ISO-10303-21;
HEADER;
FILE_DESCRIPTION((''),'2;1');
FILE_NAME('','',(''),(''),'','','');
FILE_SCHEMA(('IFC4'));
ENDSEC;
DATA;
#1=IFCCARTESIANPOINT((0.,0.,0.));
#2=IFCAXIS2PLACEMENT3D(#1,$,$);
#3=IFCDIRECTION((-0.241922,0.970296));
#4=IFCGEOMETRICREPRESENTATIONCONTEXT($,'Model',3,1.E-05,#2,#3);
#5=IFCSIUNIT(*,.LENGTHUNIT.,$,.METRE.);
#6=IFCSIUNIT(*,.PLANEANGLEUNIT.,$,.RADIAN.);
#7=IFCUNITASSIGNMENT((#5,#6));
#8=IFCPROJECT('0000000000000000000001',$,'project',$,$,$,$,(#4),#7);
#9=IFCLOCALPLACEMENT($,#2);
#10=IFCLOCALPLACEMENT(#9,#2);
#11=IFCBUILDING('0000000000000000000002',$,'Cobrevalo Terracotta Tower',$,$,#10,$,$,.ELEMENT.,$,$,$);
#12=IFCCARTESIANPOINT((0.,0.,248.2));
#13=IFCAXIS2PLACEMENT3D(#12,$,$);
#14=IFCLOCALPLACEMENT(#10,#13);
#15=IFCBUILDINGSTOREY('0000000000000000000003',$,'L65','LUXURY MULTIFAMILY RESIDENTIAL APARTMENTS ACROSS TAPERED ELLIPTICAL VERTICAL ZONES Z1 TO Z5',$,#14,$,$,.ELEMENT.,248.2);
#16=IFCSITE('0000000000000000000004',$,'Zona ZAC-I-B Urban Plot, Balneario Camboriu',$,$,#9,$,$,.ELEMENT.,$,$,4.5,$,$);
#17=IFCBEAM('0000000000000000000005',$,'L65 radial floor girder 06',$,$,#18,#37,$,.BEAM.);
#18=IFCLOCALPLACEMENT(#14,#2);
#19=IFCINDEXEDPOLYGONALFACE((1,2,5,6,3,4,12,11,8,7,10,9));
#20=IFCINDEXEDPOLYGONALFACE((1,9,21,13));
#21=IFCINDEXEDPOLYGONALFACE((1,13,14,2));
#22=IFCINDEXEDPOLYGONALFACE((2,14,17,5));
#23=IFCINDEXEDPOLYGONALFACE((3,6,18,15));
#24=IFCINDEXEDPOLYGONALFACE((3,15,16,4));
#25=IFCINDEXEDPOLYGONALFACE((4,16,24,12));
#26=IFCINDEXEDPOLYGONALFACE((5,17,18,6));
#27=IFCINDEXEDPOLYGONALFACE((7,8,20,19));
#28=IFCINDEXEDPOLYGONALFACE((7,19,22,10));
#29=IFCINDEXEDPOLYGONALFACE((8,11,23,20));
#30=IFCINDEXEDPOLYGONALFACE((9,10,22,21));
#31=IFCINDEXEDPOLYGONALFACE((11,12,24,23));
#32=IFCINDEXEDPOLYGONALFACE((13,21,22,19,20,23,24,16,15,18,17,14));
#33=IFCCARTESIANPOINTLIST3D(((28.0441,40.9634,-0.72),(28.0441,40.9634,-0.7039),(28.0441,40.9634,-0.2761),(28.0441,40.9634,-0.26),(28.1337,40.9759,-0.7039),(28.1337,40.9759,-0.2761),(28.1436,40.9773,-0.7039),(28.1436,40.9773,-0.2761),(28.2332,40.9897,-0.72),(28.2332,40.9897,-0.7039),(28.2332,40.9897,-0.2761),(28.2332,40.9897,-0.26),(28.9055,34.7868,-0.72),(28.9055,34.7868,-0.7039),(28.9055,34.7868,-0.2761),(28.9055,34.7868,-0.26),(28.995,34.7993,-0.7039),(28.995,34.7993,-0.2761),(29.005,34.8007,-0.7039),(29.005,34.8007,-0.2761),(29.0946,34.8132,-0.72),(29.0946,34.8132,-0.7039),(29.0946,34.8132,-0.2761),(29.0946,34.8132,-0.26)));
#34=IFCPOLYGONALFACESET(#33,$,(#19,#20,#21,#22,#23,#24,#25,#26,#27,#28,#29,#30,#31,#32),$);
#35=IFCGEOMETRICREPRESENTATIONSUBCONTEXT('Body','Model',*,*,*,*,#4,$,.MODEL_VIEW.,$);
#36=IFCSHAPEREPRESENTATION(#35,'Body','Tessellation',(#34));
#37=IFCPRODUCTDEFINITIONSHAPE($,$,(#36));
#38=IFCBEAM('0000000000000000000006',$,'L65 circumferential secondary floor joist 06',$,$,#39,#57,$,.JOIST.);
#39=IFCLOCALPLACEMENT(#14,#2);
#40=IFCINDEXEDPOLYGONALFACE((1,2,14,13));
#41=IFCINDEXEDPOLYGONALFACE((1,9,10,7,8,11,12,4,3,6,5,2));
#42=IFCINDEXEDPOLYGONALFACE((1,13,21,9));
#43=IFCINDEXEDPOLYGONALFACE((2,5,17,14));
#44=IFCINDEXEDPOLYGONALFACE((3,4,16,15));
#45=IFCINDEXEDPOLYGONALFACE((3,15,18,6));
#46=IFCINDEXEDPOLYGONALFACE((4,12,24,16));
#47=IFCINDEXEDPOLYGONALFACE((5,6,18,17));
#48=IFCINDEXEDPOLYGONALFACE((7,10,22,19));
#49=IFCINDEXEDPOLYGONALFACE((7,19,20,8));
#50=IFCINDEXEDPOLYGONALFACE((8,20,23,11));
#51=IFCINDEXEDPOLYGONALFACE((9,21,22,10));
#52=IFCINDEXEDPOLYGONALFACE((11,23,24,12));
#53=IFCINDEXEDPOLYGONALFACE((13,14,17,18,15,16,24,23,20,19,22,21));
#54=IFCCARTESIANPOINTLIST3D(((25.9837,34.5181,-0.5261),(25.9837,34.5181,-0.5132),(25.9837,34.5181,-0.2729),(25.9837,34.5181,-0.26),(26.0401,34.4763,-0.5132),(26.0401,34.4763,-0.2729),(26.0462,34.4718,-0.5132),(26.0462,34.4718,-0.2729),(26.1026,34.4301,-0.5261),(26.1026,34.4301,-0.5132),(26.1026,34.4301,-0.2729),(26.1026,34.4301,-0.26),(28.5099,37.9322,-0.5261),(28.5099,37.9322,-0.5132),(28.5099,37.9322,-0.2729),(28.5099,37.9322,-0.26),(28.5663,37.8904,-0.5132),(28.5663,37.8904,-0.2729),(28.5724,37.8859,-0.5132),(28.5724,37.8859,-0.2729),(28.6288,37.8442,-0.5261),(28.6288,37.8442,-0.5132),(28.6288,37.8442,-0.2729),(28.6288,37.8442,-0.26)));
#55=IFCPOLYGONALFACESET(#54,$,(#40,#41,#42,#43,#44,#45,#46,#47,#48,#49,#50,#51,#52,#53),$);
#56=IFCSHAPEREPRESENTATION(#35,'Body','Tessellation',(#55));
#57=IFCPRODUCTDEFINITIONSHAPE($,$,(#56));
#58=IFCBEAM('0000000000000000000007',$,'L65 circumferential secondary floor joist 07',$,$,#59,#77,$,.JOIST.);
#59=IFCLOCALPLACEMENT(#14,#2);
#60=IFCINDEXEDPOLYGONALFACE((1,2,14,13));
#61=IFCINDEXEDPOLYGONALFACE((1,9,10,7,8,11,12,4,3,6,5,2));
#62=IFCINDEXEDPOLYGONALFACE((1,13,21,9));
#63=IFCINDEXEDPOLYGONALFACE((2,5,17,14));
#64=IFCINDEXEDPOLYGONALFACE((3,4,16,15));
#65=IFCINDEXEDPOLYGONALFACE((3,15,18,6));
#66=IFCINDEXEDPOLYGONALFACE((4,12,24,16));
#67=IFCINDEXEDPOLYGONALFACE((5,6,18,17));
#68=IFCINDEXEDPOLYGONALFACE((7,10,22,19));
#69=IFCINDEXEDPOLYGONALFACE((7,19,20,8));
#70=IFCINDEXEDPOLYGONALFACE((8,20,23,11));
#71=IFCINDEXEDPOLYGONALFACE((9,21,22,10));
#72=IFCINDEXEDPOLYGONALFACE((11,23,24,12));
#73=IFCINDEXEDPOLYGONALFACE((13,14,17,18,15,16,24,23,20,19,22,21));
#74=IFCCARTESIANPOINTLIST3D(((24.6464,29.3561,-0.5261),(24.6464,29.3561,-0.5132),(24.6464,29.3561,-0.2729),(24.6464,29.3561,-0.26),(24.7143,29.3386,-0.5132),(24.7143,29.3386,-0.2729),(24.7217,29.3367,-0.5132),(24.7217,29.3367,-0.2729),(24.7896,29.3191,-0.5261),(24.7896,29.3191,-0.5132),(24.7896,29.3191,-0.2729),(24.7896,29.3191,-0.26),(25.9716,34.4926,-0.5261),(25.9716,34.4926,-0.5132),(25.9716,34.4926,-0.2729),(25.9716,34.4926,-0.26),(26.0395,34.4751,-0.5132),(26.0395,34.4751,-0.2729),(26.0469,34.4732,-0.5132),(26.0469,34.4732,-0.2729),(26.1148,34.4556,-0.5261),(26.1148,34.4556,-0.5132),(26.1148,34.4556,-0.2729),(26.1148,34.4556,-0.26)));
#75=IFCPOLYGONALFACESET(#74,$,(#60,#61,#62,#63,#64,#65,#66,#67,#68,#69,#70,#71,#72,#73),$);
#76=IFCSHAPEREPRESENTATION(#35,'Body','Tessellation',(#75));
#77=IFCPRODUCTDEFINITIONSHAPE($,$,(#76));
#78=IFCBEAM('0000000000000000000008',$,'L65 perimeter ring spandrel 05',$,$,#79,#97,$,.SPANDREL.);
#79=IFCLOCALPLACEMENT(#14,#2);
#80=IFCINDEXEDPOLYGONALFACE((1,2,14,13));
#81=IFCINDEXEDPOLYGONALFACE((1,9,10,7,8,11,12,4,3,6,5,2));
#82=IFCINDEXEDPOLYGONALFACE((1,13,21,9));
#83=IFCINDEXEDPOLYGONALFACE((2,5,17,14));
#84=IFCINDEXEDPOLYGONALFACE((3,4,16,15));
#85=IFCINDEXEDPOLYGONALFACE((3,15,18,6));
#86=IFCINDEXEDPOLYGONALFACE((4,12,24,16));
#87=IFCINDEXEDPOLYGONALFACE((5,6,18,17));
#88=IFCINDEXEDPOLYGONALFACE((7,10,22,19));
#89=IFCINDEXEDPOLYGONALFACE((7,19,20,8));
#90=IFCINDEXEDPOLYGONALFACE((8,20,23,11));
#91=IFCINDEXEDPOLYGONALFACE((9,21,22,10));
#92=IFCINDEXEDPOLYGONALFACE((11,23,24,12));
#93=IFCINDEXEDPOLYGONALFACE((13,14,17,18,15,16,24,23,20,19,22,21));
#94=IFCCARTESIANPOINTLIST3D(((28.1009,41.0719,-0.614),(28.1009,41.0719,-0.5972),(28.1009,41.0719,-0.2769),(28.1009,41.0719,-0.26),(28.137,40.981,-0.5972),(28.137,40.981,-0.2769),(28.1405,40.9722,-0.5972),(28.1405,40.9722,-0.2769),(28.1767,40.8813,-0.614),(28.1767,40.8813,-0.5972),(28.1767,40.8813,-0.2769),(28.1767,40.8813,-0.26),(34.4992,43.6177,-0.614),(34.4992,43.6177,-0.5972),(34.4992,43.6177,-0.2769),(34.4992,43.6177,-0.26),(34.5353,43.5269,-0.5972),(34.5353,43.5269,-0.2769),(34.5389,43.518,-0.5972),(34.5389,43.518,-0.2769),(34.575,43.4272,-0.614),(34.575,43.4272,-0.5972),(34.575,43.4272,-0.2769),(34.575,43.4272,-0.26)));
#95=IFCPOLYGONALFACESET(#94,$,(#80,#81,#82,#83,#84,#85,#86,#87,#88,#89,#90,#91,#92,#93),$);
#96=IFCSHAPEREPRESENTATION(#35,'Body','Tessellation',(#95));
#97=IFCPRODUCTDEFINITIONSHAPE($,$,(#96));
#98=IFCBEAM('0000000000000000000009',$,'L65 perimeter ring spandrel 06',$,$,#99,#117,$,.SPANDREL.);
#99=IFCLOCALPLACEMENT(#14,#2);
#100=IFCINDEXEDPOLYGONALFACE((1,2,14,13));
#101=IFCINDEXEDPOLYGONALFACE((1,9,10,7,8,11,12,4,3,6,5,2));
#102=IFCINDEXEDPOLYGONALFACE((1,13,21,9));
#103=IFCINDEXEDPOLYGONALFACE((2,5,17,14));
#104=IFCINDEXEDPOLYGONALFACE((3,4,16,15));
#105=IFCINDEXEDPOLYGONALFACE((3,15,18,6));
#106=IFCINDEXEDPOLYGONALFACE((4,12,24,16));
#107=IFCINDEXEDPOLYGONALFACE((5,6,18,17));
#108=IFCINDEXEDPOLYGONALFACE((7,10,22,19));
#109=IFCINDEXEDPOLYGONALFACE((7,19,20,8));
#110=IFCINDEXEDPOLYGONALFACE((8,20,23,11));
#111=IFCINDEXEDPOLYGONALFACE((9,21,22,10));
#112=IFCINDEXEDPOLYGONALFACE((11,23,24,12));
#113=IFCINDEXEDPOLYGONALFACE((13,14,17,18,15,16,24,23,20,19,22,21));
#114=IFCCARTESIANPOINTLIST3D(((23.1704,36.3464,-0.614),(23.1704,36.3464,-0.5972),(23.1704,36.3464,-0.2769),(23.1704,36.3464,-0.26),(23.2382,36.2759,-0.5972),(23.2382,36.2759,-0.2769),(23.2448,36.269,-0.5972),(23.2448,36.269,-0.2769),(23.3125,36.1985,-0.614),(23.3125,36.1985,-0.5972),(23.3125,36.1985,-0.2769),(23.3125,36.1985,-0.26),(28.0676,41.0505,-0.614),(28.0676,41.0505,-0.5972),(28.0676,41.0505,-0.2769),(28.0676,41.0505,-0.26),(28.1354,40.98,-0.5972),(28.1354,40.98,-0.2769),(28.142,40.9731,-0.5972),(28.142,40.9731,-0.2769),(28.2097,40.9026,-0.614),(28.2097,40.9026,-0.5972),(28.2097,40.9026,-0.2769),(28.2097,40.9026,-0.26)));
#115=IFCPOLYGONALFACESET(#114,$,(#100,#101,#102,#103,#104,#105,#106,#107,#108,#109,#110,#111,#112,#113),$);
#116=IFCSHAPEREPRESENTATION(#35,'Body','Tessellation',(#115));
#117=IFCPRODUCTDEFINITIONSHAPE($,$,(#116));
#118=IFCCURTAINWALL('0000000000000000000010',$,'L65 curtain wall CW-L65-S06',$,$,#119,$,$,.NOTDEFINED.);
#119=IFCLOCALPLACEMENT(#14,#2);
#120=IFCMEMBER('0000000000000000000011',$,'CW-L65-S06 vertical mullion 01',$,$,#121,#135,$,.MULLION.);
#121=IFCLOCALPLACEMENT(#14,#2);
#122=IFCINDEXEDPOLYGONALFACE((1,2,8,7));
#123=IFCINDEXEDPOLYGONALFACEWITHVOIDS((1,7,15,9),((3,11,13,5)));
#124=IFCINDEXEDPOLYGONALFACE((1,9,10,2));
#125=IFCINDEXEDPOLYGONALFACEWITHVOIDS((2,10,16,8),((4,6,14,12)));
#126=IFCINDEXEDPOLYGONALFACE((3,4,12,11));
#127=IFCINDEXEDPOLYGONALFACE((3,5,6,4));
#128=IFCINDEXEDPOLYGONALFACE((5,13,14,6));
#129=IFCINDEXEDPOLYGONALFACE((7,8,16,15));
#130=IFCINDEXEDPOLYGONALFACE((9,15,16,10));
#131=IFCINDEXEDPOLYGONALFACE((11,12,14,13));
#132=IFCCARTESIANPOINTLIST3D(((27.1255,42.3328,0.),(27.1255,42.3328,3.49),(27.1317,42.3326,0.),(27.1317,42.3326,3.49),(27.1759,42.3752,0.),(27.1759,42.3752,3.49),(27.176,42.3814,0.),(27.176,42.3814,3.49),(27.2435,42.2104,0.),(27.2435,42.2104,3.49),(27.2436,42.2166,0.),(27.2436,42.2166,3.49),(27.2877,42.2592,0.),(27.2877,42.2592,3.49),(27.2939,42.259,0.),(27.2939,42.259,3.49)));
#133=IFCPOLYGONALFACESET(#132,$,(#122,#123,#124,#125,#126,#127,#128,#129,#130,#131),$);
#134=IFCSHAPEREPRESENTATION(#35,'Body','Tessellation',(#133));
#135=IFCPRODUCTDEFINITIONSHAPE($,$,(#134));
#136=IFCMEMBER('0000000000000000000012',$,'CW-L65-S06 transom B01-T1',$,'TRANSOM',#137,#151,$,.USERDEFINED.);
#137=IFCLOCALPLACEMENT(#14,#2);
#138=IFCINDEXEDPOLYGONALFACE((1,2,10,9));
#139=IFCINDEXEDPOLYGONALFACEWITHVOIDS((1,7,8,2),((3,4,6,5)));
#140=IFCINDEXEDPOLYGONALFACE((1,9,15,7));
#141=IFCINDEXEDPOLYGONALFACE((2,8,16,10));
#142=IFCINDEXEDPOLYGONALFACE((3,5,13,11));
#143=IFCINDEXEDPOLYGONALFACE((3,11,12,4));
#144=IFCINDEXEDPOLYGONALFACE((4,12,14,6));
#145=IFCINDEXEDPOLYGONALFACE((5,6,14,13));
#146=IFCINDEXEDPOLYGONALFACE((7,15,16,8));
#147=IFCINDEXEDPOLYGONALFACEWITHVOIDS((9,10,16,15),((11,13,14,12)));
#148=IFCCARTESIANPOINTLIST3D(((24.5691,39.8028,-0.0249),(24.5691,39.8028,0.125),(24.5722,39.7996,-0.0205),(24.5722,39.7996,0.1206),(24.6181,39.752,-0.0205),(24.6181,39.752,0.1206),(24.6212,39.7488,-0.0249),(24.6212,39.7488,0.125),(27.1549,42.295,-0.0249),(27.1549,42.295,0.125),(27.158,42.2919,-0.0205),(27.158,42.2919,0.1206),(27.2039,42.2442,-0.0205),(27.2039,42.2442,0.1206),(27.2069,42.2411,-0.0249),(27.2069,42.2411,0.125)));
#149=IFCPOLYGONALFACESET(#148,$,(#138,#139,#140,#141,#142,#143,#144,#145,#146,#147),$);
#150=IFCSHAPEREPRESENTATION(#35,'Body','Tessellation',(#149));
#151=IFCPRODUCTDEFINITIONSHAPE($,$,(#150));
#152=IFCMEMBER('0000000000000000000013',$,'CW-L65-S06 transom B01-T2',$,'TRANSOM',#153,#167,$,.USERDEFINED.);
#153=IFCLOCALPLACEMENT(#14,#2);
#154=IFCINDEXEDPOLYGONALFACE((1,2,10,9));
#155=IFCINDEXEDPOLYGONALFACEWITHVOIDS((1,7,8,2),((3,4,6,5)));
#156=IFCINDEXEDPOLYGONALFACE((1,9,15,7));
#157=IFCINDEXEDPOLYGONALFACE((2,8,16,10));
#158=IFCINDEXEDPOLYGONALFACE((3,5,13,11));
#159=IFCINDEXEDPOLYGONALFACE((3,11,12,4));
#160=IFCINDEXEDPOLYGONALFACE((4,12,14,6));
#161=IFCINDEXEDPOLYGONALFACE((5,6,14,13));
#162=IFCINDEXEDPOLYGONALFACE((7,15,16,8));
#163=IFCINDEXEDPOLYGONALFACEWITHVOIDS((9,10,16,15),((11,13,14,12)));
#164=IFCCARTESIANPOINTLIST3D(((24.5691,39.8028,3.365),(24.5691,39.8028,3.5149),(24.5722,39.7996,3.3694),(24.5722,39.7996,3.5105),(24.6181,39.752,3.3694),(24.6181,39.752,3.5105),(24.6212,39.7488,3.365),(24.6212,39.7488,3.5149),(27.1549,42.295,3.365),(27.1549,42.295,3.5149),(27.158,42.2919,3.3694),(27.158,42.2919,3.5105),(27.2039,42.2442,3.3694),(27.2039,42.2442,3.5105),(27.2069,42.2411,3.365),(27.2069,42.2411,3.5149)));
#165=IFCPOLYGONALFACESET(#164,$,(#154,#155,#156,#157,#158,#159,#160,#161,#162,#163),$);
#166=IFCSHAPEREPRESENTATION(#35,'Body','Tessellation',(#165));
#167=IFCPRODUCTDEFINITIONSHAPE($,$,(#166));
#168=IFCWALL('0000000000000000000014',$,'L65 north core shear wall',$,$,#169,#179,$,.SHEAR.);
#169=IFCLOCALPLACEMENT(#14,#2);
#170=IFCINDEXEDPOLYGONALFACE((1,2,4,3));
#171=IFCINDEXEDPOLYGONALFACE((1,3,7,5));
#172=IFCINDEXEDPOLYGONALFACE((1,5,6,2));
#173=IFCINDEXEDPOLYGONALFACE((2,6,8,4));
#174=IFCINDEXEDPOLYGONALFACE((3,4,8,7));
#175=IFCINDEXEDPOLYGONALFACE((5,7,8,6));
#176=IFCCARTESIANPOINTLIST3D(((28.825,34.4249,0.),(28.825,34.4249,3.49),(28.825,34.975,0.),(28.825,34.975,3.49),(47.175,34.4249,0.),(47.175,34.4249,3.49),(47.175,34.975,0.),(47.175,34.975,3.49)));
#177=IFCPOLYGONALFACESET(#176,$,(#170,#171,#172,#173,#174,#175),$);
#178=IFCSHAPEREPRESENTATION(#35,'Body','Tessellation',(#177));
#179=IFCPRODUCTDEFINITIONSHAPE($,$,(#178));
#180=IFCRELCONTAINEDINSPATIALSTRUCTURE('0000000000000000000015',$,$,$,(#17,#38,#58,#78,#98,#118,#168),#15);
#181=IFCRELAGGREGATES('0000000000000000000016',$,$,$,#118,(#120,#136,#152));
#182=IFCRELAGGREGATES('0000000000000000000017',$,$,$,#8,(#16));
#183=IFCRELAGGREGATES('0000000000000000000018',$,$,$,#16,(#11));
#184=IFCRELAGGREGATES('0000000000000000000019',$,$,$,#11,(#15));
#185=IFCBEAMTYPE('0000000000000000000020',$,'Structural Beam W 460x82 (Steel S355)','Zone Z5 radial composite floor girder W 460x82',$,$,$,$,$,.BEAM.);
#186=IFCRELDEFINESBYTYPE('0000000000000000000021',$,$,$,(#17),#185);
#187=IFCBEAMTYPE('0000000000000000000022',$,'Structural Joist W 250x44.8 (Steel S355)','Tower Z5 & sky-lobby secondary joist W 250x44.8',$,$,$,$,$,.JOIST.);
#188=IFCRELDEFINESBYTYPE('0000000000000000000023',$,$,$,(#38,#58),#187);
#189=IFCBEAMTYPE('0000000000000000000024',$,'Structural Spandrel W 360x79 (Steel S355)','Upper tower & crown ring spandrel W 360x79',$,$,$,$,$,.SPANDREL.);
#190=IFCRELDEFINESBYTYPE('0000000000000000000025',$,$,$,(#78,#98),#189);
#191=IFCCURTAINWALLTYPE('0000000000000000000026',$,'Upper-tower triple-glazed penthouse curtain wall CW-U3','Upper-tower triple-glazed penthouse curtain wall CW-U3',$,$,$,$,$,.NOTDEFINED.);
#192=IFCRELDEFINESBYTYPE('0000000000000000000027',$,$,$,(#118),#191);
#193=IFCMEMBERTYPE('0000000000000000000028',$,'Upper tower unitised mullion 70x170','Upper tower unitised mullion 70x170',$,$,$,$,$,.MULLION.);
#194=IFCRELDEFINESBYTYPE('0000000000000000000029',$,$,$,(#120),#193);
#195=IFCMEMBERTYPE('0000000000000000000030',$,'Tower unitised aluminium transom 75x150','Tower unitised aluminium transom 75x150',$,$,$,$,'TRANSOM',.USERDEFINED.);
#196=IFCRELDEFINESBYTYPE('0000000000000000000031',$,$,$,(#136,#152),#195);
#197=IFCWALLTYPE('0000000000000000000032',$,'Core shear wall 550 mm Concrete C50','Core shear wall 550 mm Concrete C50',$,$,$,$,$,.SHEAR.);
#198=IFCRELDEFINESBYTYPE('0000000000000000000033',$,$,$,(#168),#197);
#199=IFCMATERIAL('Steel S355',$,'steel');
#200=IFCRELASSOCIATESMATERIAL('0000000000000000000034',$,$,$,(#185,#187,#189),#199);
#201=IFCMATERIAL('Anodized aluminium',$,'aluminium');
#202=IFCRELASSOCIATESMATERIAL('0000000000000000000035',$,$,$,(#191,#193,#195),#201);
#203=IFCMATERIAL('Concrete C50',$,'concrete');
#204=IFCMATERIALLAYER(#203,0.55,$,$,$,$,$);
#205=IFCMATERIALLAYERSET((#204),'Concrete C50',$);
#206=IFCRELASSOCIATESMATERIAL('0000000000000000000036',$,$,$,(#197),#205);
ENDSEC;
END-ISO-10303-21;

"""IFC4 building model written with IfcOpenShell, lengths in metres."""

from ifc_helpers import new_model, si_unit, direction, frame, frame_2d, origin, origin_2d, place, context, subcontext, project, spatial, rectangle, hollow_rectangle, i_section, extrude, source, transform, mapped, material, layer, layer_set, material_profile, profile_set, type_object, element, aggregate, save


model = new_model("IFC4")

# Units and contexts
model_context = context("Model", 3, precision=1e-05, world=origin(), true_north=direction((-0.241922, 0.970296)))
body_context = subcontext(model_context, "Body", "Model", "MODEL_VIEW")
ifc_project = project(units=[si_unit("LENGTHUNIT", "METRE"), si_unit("PLANEANGLEUNIT", "RADIAN")], contexts=[model_context])

# Site, building, storey
site_placement = place(None, origin())
site = spatial("IfcSite", under=ifc_project, at=site_placement, Name="Zona ZAC-I-B Urban Plot, Balneario Camboriu", CompositionType="ELEMENT", RefElevation=4.5)
building_placement = place(site_placement, origin())
building = spatial("IfcBuilding", under=site, at=building_placement, Name="Cobrevalo Terracotta Tower", CompositionType="ELEMENT")
storey_placement = place(building_placement, frame((0.0, 0.0, 248.2)))
storey = spatial("IfcBuildingStorey", under=building, at=storey_placement, Name="L65", Description="LUXURY MULTIFAMILY RESIDENTIAL APARTMENTS ACROSS TAPERED ELLIPTICAL VERTICAL ZONES Z1 TO Z5", CompositionType="ELEMENT", Elevation=248.2)

# Shared definitions
ifc_material_1 = material(Name="Steel S355", Category="steel")
ifc_material_2 = material(Name="Concrete C50", Category="concrete")

# Beams
ifc_material_profile_1 = material_profile(ifc_material_1, i_section(OverallWidth=0.1909, OverallDepth=0.46, WebThickness=0.01, FlangeThickness=0.0161, at=origin_2d()), Name="W 460x82")
ifc_profile_set_1 = profile_set([ifc_material_profile_1], Name="Steel S355")
beam_type_1 = type_object("IfcBeamType", Name="Structural Beam W 460x82 (Steel S355)", Description="Zone Z5 radial composite floor girder W 460x82", PredefinedType="BEAM", material=ifc_profile_set_1)
beam_1_placement = place(storey_placement, frame((28.1387, 40.9766, -0.49), z_axis=(0.138116, -0.990416, 0.0), x_axis=(0.990416, 0.138116, 0.0)))
element("IfcBeam", 1, at=beam_1_placement, inside=storey, type_object=beam_type_1, Name="L65 radial floor girder 06", PredefinedType="BEAM", context=body_context, shape_type="SweptSolid", body=[
    extrude(i_section(OverallWidth=0.1909, OverallDepth=0.46, WebThickness=0.01, FlangeThickness=0.0161, at=origin_2d()), origin(), (0.0, 0.0, 1.0), 6.2363),
])
ifc_material_profile_2 = material_profile(ifc_material_1, i_section(OverallWidth=0.1479, OverallDepth=0.2661, WebThickness=0.0076, FlangeThickness=0.0129, at=origin_2d()), Name="W 250x44.8")
ifc_profile_set_2 = profile_set([ifc_material_profile_2], Name="Steel S355")
beam_type_2 = type_object("IfcBeamType", Name="Structural Joist W 250x44.8 (Steel S355)", Description="Tower Z5 & sky-lobby secondary joist W 250x44.8", PredefinedType="JOIST", material=ifc_profile_set_2)
beam_2_placement = place(storey_placement, frame((28.5693, 37.8882, -0.3931), z_axis=(-0.5948, -0.803874, 0.0), x_axis=(0.803874, -0.5948, 0.0)))
element("IfcBeam", 2, at=beam_2_placement, inside=storey, type_object=beam_type_2, Name="L65 circumferential secondary floor joist 06", PredefinedType="JOIST", context=body_context, shape_type="SweptSolid", body=[
    extrude(i_section(OverallWidth=0.1479, OverallDepth=0.2661, WebThickness=0.0076, FlangeThickness=0.0129, at=origin_2d()), origin(), (0.0, 0.0, 1.0), 4.2471),
])
beam_3_placement = place(storey_placement, frame((26.0432, 34.4741, -0.3931), z_axis=(-0.249817, -0.968293, 0.0), x_axis=(0.968293, -0.249817, 0.0)))
element("IfcBeam", 3, at=beam_3_placement, inside=storey, type_object=beam_type_2, Name="L65 circumferential secondary floor joist 07", PredefinedType="JOIST", context=body_context, shape_type="SweptSolid", body=[
    extrude(i_section(OverallWidth=0.1479, OverallDepth=0.2661, WebThickness=0.0076, FlangeThickness=0.0129, at=origin_2d()), origin(), (0.0, 0.0, 1.0), 5.3047),
])
ifc_material_profile_3 = material_profile(ifc_material_1, i_section(OverallWidth=0.2051, OverallDepth=0.354, WebThickness=0.0095, FlangeThickness=0.0168, at=origin_2d()), Name="W 360x79")
ifc_profile_set_3 = profile_set([ifc_material_profile_3], Name="Steel S355")
beam_type_3 = type_object("IfcBeamType", Name="Structural Spandrel W 360x79 (Steel S355)", Description="Upper tower & crown ring spandrel W 360x79", PredefinedType="SPANDREL", material=ifc_profile_set_3)
beam_4_placement = place(storey_placement, frame((34.5371, 43.5225, -0.437), z_axis=(-0.92915, -0.369703, 0.0), x_axis=(0.369703, -0.92915, 0.0)))
element("IfcBeam", 4, at=beam_4_placement, inside=storey, type_object=beam_type_3, Name="L65 perimeter ring spandrel 05", PredefinedType="SPANDREL", context=body_context, shape_type="SweptSolid", body=[
    extrude(i_section(OverallWidth=0.2051, OverallDepth=0.354, WebThickness=0.0095, FlangeThickness=0.0168, at=origin_2d()), origin(), (0.0, 0.0, 1.0), 6.8862),
])
beam_5_placement = place(storey_placement, frame((28.1387, 40.9766, -0.437), z_axis=(-0.721183, -0.692744, 0.0), x_axis=(0.692744, -0.721183, 0.0)))
element("IfcBeam", 5, at=beam_5_placement, inside=storey, type_object=beam_type_3, Name="L65 perimeter ring spandrel 06", PredefinedType="SPANDREL", context=body_context, shape_type="SweptSolid", body=[
    extrude(i_section(OverallWidth=0.2051, OverallDepth=0.354, WebThickness=0.0095, FlangeThickness=0.0168, at=origin_2d()), origin(), (0.0, 0.0, 1.0), 6.7905),
])

# Curtain wall, members
ifc_material_3 = material(Name="Anodized aluminium", Category="aluminium")
curtain_wall_type = type_object("IfcCurtainWallType", Name="Upper-tower triple-glazed penthouse curtain wall CW-U3", Description="Upper-tower triple-glazed penthouse curtain wall CW-U3", PredefinedType="NOTDEFINED", material=ifc_material_3)
curtain_wall_placement = place(storey_placement, origin())
curtain_wall = element("IfcCurtainWall", 6, at=curtain_wall_placement, inside=storey, type_object=curtain_wall_type, Name="L65 curtain wall CW-L65-S06", PredefinedType="NOTDEFINED")
ifc_material_profile_4 = material_profile(ifc_material_3, hollow_rectangle(XDim=0.0701, YDim=0.1699, WallThickness=0.0044, at=origin_2d()), Name="CWM 70x170")
ifc_profile_set_4 = profile_set([ifc_material_profile_4], Name="Anodized aluminium")
member_type_1 = type_object("IfcMemberType", Name="Upper tower unitised mullion 70x170", Description="Upper tower unitised mullion 70x170", PredefinedType="MULLION", material=ifc_profile_set_4)
shared_shape_1 = source(origin(), body_context, "Body", "SweptSolid", [
    extrude(hollow_rectangle(XDim=0.0701, YDim=0.1699, WallThickness=0.0044, at=origin_2d()), origin(), (0.0, 0.0, 1.0), 3.49),
])
member_1_placement = place(storey_placement, frame((27.2097, 42.2959, 0.0), z_axis=(0.0, 0.0, 1.0), x_axis=(-0.719994, -0.69398, 0.0)))
member_1 = element("IfcMember", 7, at=member_1_placement, type_object=member_type_1, Name="CW-L65-S06 vertical mullion 01", PredefinedType="MULLION", context=body_context, shape_type="MappedRepresentation", body=[
    mapped(shared_shape_1, transform((0.0, 0.0, 0.0), scale=1.0)),
])
ifc_material_profile_5 = material_profile(ifc_material_3, hollow_rectangle(XDim=0.075, YDim=0.1499, WallThickness=0.0044, at=origin_2d()), Name="CWT 75x150")
ifc_profile_set_5 = profile_set([ifc_material_profile_5], Name="Anodized aluminium")
member_type_2 = type_object("IfcMemberType", Name="Tower unitised aluminium transom 75x150", Description="Tower unitised aluminium transom 75x150", ElementType="TRANSOM", PredefinedType="USERDEFINED", material=ifc_profile_set_5)
shared_shape_2 = source(origin(), body_context, "Body", "SweptSolid", [
    extrude(hollow_rectangle(XDim=0.075, YDim=0.1499, WallThickness=0.0044, at=origin_2d()), origin(), (0.0, 0.0, 1.0), 3.5913),
])
member_2_placement = place(storey_placement, frame((27.1809, 42.2681, 0.05), z_axis=(-0.720006, -0.693968, 0.0), x_axis=(0.693968, -0.720006, 0.0)))
member_2 = element("IfcMember", 8, at=member_2_placement, type_object=member_type_2, Name="CW-L65-S06 transom B01-T1", ObjectType="TRANSOM", PredefinedType="USERDEFINED", context=body_context, shape_type="MappedRepresentation", body=[
    mapped(shared_shape_2, transform((0.0, 0.0, 0.0), scale=1.0)),
])
member_3_placement = place(storey_placement, frame((27.1809, 42.2681, 3.4399), z_axis=(-0.720006, -0.693968, 0.0), x_axis=(0.693968, -0.720006, 0.0)))
member_3 = element("IfcMember", 9, at=member_3_placement, type_object=member_type_2, Name="CW-L65-S06 transom B01-T2", ObjectType="TRANSOM", PredefinedType="USERDEFINED", context=body_context, shape_type="MappedRepresentation", body=[
    mapped(shared_shape_2, transform((0.0, 0.0, 0.0), scale=1.0)),
])
aggregate(curtain_wall, [member_1, member_2, member_3])

# Wall
ifc_layer_1 = layer(ifc_material_2, 0.55)
ifc_layer_set_1 = layer_set([ifc_layer_1], Name="Concrete C50")
wall_type_1 = type_object("IfcWallType", Name="Core shear wall 550 mm Concrete C50", Description="Core shear wall 550 mm Concrete C50", PredefinedType="SHEAR", material=ifc_layer_set_1)
wall_1_placement = place(storey_placement, frame((28.825, 34.7, 0.0), z_axis=(0.0, 0.0, 1.0), x_axis=(1.0, 0.0, 0.0)))
element("IfcWall", 10, at=wall_1_placement, inside=storey, type_object=wall_type_1, Name="L65 north core shear wall", PredefinedType="SHEAR", context=body_context, shape_type="SweptSolid", body=[
    extrude(rectangle(XDim=18.3501, YDim=0.55, at=frame_2d((9.175, 0.0))), origin(), (0.0, 0.0, 1.0), 3.49),
])

save(model, "model.ifc")
